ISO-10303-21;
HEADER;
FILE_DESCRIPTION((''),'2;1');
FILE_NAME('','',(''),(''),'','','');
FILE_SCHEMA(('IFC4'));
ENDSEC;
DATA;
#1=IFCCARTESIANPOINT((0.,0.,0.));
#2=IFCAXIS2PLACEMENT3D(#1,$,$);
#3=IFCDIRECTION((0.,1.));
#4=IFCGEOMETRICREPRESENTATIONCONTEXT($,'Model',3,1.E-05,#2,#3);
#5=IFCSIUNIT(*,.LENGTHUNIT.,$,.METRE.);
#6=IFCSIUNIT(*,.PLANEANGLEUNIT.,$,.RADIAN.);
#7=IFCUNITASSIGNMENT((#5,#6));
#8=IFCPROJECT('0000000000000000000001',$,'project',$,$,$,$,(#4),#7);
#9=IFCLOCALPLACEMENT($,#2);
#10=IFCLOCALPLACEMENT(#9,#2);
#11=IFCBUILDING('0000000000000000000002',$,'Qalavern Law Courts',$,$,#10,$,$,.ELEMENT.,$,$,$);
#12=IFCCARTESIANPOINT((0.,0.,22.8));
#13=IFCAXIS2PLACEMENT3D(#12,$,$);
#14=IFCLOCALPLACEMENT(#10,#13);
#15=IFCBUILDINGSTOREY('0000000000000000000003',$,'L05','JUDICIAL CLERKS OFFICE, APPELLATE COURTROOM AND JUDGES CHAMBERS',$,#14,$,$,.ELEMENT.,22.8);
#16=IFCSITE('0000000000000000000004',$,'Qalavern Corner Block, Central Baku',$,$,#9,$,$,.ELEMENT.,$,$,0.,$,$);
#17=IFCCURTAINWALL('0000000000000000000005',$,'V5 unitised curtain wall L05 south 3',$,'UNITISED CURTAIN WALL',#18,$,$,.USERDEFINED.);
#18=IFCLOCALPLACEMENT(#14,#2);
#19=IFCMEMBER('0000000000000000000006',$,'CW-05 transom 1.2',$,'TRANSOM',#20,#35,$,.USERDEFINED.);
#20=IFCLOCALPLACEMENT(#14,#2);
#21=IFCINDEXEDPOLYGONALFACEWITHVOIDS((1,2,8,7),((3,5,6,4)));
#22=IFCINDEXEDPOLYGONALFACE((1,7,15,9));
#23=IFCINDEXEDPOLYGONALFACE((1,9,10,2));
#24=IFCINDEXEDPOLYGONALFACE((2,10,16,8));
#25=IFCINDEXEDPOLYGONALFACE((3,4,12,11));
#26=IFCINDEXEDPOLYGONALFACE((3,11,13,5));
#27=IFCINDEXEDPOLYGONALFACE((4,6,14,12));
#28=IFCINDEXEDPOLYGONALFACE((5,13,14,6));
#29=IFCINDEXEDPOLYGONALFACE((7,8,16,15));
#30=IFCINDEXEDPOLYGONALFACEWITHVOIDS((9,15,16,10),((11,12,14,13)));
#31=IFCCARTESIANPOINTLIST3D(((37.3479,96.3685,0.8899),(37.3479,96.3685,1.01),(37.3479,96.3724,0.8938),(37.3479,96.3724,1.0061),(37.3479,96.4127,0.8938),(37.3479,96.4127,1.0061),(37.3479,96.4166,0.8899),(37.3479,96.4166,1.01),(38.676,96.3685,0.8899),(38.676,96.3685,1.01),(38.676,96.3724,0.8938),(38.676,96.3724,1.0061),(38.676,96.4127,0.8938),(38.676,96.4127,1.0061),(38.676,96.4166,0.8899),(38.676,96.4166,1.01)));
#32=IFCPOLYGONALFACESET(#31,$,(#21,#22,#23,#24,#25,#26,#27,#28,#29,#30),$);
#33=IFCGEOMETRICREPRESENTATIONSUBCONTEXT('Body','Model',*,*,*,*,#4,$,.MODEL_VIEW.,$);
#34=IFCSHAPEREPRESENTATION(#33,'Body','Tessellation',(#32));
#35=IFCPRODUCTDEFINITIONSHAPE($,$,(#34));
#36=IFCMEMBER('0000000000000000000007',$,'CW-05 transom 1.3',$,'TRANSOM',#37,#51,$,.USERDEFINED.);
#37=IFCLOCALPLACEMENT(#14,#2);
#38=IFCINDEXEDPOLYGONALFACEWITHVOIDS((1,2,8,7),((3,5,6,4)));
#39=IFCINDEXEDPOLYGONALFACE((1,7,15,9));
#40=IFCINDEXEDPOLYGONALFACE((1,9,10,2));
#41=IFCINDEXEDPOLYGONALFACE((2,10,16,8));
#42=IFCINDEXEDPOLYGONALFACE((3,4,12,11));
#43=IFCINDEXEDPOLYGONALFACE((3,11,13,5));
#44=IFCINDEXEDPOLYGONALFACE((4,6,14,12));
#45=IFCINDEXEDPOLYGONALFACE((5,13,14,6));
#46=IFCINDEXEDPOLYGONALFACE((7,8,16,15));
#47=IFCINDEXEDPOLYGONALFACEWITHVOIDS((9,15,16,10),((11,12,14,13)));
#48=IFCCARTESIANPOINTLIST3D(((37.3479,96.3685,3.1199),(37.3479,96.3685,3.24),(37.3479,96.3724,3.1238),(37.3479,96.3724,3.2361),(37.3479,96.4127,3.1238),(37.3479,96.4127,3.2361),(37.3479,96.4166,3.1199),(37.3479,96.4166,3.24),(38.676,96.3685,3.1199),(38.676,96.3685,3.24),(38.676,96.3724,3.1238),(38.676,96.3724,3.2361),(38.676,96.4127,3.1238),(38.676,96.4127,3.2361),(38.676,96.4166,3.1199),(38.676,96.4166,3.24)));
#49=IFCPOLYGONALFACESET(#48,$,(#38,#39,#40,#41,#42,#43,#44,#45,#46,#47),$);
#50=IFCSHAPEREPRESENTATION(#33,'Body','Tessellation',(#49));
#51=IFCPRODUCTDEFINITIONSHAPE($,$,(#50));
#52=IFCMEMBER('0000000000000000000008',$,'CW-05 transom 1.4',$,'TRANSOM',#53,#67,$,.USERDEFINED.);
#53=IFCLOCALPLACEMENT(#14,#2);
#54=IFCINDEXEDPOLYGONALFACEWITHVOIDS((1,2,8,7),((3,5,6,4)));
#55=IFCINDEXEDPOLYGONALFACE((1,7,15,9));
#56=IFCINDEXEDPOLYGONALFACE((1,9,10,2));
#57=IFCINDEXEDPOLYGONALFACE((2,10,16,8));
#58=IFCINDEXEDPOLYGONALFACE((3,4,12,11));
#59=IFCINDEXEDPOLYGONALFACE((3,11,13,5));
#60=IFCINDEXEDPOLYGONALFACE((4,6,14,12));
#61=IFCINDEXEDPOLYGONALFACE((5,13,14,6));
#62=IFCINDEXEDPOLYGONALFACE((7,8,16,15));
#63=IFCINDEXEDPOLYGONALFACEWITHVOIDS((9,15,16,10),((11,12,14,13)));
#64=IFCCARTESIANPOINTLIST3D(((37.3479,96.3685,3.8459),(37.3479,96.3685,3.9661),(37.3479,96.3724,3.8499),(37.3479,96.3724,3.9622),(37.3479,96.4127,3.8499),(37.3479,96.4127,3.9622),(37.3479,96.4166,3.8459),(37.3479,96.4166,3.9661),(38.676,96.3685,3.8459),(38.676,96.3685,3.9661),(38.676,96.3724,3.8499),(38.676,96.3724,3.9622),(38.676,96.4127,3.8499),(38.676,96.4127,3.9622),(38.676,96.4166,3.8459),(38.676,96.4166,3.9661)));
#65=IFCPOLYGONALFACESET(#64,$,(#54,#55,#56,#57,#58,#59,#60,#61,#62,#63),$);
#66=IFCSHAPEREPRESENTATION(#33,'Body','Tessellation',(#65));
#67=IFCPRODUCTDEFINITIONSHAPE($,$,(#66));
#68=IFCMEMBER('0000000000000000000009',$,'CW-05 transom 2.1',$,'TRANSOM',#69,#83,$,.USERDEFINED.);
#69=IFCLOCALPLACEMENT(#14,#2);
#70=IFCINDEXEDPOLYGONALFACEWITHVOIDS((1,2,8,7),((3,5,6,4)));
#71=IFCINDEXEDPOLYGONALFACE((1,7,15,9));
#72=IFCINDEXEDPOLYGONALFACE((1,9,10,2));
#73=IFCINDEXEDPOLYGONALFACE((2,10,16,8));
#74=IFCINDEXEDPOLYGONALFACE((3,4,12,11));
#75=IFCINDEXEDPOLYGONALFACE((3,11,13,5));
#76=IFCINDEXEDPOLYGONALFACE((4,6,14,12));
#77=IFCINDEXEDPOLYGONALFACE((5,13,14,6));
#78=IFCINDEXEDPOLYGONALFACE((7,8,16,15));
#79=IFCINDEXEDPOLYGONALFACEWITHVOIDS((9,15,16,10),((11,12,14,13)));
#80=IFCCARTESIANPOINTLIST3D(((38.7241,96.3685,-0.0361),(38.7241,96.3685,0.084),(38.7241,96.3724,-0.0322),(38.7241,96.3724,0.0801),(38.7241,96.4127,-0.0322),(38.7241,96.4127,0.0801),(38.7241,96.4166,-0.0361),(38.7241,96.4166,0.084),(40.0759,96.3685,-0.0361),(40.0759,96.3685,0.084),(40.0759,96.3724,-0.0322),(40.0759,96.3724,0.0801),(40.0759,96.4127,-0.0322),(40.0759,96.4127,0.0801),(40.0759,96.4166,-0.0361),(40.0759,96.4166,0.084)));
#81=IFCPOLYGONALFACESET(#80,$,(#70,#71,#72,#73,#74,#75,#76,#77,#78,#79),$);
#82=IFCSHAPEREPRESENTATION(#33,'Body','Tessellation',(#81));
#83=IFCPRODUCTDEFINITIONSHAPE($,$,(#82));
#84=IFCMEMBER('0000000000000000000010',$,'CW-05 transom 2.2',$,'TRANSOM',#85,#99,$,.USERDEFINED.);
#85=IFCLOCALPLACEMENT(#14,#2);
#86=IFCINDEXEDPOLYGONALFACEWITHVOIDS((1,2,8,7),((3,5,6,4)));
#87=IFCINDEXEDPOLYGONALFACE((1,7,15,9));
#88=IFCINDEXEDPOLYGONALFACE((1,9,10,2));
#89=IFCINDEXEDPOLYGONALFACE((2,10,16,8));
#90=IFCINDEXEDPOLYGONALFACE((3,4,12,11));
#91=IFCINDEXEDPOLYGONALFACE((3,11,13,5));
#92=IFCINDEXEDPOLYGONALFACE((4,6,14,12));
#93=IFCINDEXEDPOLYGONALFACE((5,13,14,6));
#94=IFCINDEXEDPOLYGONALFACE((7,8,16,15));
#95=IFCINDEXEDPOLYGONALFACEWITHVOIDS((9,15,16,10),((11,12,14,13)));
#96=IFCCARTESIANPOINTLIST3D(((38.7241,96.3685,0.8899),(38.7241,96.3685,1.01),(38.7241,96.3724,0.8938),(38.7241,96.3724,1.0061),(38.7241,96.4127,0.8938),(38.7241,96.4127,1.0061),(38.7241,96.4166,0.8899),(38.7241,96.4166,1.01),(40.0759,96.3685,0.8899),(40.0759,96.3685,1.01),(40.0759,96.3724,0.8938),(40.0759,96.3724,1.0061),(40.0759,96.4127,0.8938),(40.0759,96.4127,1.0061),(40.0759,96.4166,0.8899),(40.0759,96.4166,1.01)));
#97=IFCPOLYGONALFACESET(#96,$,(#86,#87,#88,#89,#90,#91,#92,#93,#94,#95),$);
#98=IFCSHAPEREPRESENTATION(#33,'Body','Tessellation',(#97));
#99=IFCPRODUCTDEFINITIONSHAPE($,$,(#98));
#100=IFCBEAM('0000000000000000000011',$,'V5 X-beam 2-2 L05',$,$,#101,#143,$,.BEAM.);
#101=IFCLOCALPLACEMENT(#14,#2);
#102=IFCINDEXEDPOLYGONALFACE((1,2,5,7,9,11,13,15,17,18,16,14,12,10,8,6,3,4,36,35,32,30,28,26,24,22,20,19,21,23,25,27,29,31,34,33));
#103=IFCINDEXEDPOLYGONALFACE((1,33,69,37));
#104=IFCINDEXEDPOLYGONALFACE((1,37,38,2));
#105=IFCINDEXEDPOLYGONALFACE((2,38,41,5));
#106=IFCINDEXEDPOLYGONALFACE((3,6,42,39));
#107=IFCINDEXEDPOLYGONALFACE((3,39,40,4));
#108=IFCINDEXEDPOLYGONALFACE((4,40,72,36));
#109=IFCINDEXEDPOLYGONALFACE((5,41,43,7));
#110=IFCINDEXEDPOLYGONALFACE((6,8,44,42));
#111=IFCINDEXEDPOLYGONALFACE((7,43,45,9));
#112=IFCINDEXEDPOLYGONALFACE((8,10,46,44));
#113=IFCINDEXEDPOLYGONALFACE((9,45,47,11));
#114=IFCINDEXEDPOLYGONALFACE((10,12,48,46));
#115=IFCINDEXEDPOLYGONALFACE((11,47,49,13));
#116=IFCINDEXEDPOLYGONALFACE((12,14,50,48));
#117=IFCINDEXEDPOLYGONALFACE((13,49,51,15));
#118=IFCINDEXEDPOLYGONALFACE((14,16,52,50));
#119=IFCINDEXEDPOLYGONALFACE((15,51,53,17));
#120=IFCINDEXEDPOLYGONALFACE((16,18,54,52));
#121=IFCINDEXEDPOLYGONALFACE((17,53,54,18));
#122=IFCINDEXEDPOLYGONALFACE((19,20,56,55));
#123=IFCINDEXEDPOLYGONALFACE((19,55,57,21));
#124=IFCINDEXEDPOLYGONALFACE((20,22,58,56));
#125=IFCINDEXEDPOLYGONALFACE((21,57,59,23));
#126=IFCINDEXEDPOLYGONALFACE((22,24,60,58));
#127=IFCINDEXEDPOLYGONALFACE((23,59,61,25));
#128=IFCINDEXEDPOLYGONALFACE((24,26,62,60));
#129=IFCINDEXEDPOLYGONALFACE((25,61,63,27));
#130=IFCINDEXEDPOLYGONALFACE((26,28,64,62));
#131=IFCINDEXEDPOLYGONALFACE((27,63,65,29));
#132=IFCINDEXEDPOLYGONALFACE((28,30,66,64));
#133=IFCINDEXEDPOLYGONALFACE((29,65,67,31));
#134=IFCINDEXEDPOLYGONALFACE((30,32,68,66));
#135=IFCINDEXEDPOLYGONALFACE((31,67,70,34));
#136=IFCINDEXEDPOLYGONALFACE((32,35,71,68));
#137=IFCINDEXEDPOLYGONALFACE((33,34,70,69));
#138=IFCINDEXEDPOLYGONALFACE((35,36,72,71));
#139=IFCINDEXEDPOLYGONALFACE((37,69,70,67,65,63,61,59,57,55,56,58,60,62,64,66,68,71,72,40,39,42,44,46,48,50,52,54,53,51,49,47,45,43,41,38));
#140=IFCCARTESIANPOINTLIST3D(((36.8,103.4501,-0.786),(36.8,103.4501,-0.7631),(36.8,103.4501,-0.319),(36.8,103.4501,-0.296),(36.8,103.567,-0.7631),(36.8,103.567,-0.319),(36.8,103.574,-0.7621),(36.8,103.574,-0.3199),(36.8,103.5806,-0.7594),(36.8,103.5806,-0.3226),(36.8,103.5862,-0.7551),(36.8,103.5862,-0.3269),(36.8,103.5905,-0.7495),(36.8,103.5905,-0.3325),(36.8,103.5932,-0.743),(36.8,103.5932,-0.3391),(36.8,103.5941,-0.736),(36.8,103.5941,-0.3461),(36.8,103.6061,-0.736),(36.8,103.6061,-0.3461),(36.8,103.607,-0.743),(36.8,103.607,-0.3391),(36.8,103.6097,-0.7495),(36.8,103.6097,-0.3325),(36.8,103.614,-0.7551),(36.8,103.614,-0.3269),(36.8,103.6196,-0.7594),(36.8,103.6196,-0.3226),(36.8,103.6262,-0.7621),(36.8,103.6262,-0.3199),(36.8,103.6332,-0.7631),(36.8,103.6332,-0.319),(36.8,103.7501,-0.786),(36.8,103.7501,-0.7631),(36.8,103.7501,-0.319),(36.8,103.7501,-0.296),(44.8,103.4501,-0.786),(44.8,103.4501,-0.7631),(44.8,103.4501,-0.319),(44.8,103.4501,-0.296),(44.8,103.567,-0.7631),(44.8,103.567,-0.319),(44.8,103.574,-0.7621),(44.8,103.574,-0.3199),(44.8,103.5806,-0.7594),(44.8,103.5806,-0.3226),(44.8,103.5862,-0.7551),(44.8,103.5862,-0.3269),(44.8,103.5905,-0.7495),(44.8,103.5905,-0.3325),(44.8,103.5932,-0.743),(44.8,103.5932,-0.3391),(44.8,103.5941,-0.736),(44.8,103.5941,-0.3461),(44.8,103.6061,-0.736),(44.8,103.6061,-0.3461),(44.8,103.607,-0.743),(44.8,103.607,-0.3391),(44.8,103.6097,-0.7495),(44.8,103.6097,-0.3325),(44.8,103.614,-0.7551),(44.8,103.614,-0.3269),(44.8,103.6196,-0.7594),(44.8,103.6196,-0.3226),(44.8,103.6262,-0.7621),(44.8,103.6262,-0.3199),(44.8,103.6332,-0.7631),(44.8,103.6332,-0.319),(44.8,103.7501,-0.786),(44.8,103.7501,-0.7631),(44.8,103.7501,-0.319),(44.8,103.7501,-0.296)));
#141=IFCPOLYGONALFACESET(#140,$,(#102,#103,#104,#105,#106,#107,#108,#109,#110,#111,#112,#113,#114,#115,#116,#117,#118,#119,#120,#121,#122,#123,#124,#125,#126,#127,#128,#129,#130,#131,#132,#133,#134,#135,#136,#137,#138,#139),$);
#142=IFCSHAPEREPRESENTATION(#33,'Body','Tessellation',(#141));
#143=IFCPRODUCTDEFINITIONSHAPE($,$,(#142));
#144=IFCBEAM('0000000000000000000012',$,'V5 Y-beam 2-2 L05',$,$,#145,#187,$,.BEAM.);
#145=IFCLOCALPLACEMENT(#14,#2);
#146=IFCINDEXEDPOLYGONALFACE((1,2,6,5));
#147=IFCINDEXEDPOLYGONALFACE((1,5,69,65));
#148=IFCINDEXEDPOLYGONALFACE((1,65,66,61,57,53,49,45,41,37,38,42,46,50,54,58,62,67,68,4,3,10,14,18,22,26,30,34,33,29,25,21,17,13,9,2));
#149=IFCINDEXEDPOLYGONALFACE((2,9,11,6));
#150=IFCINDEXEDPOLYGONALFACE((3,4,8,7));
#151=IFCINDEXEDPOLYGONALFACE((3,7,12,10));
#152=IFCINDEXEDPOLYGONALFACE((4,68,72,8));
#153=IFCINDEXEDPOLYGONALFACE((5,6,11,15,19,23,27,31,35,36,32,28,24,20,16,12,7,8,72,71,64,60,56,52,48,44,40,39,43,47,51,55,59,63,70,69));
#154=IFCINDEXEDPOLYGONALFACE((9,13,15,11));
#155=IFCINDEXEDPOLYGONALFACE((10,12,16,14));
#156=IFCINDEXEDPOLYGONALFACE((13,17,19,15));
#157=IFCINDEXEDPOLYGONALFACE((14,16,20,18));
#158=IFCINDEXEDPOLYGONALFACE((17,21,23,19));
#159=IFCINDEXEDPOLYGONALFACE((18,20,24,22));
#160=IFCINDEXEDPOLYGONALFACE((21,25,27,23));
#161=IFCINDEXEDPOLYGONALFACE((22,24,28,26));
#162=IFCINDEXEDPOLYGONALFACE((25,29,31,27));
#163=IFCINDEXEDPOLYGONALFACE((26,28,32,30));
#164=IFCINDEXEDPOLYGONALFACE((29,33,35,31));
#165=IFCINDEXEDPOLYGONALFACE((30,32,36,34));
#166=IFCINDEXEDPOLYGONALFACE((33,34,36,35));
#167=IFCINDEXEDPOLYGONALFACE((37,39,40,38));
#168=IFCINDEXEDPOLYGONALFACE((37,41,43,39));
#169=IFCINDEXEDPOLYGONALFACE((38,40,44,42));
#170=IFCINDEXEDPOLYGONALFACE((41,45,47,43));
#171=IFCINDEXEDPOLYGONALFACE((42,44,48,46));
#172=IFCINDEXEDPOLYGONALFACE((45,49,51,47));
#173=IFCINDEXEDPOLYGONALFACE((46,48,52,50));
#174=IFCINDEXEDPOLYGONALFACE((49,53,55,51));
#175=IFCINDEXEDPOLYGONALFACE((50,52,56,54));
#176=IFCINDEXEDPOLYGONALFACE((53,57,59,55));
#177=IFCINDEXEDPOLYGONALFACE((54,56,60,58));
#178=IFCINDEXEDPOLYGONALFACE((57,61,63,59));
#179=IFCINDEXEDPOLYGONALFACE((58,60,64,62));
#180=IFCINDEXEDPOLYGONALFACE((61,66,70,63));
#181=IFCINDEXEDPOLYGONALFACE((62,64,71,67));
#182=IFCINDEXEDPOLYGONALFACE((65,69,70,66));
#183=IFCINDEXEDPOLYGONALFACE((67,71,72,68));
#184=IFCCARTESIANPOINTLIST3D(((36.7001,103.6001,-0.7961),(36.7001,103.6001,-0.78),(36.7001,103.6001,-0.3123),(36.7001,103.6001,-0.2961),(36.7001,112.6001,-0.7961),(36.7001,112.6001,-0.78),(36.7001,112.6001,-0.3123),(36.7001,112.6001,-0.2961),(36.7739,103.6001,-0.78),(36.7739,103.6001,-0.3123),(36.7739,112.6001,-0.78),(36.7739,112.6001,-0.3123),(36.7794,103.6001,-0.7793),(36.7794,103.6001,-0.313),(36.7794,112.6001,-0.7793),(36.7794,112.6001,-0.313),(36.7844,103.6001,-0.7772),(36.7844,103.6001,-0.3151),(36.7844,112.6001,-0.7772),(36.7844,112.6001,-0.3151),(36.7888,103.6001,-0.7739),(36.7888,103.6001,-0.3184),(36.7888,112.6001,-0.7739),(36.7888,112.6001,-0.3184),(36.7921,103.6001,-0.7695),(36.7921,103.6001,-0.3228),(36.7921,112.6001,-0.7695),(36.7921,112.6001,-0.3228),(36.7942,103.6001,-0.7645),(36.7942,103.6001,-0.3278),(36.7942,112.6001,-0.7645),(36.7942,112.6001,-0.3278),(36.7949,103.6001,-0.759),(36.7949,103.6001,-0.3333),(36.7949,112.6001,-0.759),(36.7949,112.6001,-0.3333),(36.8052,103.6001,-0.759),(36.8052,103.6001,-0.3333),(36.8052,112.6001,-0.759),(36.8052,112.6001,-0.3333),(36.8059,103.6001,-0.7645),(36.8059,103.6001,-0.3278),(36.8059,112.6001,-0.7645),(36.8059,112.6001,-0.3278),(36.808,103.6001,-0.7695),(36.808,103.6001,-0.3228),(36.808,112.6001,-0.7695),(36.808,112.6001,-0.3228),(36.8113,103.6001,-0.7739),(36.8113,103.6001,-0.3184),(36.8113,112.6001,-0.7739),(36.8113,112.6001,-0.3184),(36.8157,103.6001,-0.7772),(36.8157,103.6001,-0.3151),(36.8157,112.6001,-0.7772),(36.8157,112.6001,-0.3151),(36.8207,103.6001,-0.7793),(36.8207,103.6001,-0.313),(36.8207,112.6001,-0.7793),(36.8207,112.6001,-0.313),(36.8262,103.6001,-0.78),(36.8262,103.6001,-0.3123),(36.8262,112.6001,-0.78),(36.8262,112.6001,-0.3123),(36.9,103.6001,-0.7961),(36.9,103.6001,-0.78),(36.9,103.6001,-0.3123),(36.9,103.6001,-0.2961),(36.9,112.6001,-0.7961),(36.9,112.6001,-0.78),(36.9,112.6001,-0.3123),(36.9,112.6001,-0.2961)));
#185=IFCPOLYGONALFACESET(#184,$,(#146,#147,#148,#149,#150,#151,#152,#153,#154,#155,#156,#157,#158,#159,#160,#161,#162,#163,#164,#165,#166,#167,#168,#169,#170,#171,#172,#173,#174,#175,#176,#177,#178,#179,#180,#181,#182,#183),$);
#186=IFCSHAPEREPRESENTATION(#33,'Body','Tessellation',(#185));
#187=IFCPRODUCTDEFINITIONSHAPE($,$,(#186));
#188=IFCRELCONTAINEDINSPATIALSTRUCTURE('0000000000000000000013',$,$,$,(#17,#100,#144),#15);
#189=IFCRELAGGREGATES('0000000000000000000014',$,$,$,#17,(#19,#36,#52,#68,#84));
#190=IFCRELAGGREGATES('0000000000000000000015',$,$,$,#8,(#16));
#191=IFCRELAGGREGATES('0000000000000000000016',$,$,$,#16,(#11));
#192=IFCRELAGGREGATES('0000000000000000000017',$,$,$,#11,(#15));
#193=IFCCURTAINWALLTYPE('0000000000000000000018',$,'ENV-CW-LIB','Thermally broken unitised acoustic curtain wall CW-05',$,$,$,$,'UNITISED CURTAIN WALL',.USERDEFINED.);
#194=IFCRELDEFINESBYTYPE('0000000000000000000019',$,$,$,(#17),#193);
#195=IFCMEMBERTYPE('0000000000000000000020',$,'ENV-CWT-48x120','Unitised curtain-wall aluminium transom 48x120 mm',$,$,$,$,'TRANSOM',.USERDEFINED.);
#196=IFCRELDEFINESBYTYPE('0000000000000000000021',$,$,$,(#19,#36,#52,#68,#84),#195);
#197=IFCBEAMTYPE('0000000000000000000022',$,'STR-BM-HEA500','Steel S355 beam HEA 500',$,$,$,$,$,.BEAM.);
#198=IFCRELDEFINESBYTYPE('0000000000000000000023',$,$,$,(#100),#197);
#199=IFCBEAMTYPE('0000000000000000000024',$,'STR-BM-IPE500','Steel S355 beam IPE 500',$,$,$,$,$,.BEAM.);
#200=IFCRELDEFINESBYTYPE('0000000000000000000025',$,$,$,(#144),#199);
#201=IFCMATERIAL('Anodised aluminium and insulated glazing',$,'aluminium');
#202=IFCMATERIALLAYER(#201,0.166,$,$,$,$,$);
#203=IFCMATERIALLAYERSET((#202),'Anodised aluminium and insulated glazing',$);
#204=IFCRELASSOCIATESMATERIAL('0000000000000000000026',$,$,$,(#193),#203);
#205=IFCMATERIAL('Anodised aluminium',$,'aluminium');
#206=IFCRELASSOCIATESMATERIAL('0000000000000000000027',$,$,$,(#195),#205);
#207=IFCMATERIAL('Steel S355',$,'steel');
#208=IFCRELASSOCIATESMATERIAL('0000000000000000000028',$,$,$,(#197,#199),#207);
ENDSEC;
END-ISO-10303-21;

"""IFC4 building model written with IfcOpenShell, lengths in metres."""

from ifc_helpers import new_model, si_unit, direction, frame, origin, origin_2d, place, context, subcontext, project, spatial, hollow_rectangle, i_section, extrude, material, layer, layer_set, material_profile, profile_set, type_object, element, aggregate, save


model = new_model("IFC4")

# Units and contexts
model_context = context("Model", 3, precision=1e-05, world=origin(), true_north=direction((0.0, 1.0)))
body_context = subcontext(model_context, "Body", "Model", "MODEL_VIEW")
ifc_project = project(units=[si_unit("LENGTHUNIT", "METRE"), si_unit("PLANEANGLEUNIT", "RADIAN")], contexts=[model_context])

# Site, building, storey
site_placement = place(None, origin())
site = spatial("IfcSite", under=ifc_project, at=site_placement, Name="Qalavern Corner Block, Central Baku", CompositionType="ELEMENT", RefElevation=0.0)
building_placement = place(site_placement, origin())
building = spatial("IfcBuilding", under=site, at=building_placement, Name="Qalavern Law Courts", CompositionType="ELEMENT")
storey_placement = place(building_placement, frame((0.0, 0.0, 22.8)))
storey = spatial("IfcBuildingStorey", under=building, at=storey_placement, Name="L05", Description="JUDICIAL CLERKS OFFICE, APPELLATE COURTROOM AND JUDGES CHAMBERS", CompositionType="ELEMENT", Elevation=22.8)

# Curtain wall
ifc_material_1 = material(Name="Anodised aluminium and insulated glazing", Category="aluminium")
ifc_layer_1 = layer(ifc_material_1, 0.166)
ifc_layer_set_1 = layer_set([ifc_layer_1], Name="Anodised aluminium and insulated glazing")
curtain_wall_type = type_object("IfcCurtainWallType", Name="ENV-CW-LIB", Description="Thermally broken unitised acoustic curtain wall CW-05", ElementType="UNITISED CURTAIN WALL", PredefinedType="USERDEFINED", material=ifc_layer_set_1)
ifc_material_2 = material(Name="Anodised aluminium", Category="aluminium")
curtain_wall_1_placement = place(storey_placement, origin())
curtain_wall_1 = element("IfcCurtainWall", 1, at=curtain_wall_1_placement, inside=storey, type_object=curtain_wall_type, Name="V5 unitised curtain wall L05 south 3", ObjectType="UNITISED CURTAIN WALL", PredefinedType="USERDEFINED")

# Members
ifc_material_profile_1 = material_profile(ifc_material_2, hollow_rectangle(XDim=0.0481, YDim=0.1201, WallThickness=0.0039, at=origin_2d()), Name="ALU TRANSOM 48x120")
ifc_profile_set_1 = profile_set([ifc_material_profile_1], Name="Anodised aluminium")
member_type_1 = type_object("IfcMemberType", Name="ENV-CWT-48x120", Description="Unitised curtain-wall aluminium transom 48x120 mm", ElementType="TRANSOM", PredefinedType="USERDEFINED", material=ifc_profile_set_1)
member_1_placement = place(storey_placement, frame((37.3479, 96.3926, 0.95), z_axis=(1.0, 0.0, 0.0), x_axis=(0.0, 1.0, 0.0)))
member_1 = element("IfcMember", 2, at=member_1_placement, type_object=member_type_1, Name="CW-05 transom 1.2", ObjectType="TRANSOM", PredefinedType="USERDEFINED", context=body_context, shape_type="SweptSolid", body=[
    extrude(hollow_rectangle(XDim=0.0481, YDim=0.1201, WallThickness=0.0039, at=origin_2d()), origin(), (0.0, 0.0, 1.0), 1.3281),
])
member_2_placement = place(storey_placement, frame((37.3479, 96.3926, 3.1799), z_axis=(1.0, 0.0, 0.0), x_axis=(0.0, 1.0, 0.0)))
member_2 = element("IfcMember", 3, at=member_2_placement, type_object=member_type_1, Name="CW-05 transom 1.3", ObjectType="TRANSOM", PredefinedType="USERDEFINED", context=body_context, shape_type="SweptSolid", body=[
    extrude(hollow_rectangle(XDim=0.0481, YDim=0.1201, WallThickness=0.0039, at=origin_2d()), origin(), (0.0, 0.0, 1.0), 1.3281),
])
member_3_placement = place(storey_placement, frame((37.3479, 96.3926, 3.906), z_axis=(1.0, 0.0, 0.0), x_axis=(0.0, 1.0, 0.0)))
member_3 = element("IfcMember", 4, at=member_3_placement, type_object=member_type_1, Name="CW-05 transom 1.4", ObjectType="TRANSOM", PredefinedType="USERDEFINED", context=body_context, shape_type="SweptSolid", body=[
    extrude(hollow_rectangle(XDim=0.0481, YDim=0.1201, WallThickness=0.0039, at=origin_2d()), origin(), (0.0, 0.0, 1.0), 1.3281),
])
member_4_placement = place(storey_placement, frame((38.7241, 96.3926, 0.0239), z_axis=(1.0, 0.0, 0.0), x_axis=(0.0, 1.0, 0.0)))
member_4 = element("IfcMember", 5, at=member_4_placement, type_object=member_type_1, Name="CW-05 transom 2.1", ObjectType="TRANSOM", PredefinedType="USERDEFINED", context=body_context, shape_type="SweptSolid", body=[
    extrude(hollow_rectangle(XDim=0.0481, YDim=0.1201, WallThickness=0.0039, at=origin_2d()), origin(), (0.0, 0.0, 1.0), 1.3518),
])
member_5_placement = place(storey_placement, frame((38.7241, 96.3926, 0.95), z_axis=(1.0, 0.0, 0.0), x_axis=(0.0, 1.0, 0.0)))
member_5 = element("IfcMember", 6, at=member_5_placement, type_object=member_type_1, Name="CW-05 transom 2.2", ObjectType="TRANSOM", PredefinedType="USERDEFINED", context=body_context, shape_type="SweptSolid", body=[
    extrude(hollow_rectangle(XDim=0.0481, YDim=0.1201, WallThickness=0.0039, at=origin_2d()), origin(), (0.0, 0.0, 1.0), 1.3518),
])

# Beams
ifc_material_3 = material(Name="Steel S355", Category="steel")
ifc_material_profile_2 = material_profile(ifc_material_3, i_section(OverallWidth=0.3, OverallDepth=0.49, WebThickness=0.012, FlangeThickness=0.0229, FilletRadius=0.0271, at=origin_2d()), Name="HEA 500")
ifc_profile_set_2 = profile_set([ifc_material_profile_2], Name="Steel S355")
beam_type_1 = type_object("IfcBeamType", Name="STR-BM-HEA500", Description="Steel S355 beam HEA 500", PredefinedType="BEAM", material=ifc_profile_set_2)
beam_1_placement = place(storey_placement, frame((36.8, 103.6001, -0.541), z_axis=(1.0, 0.0, 0.0), x_axis=(0.0, 1.0, 0.0)))
element("IfcBeam", 7, at=beam_1_placement, inside=storey, type_object=beam_type_1, Name="V5 X-beam 2-2 L05", PredefinedType="BEAM", context=body_context, shape_type="SweptSolid", body=[
    extrude(i_section(OverallWidth=0.3, OverallDepth=0.49, WebThickness=0.012, FlangeThickness=0.0229, FilletRadius=0.0271, at=origin_2d()), origin(), (0.0, 0.0, 1.0), 8.0),
])
ifc_material_profile_3 = material_profile(ifc_material_3, i_section(OverallWidth=0.2, OverallDepth=0.5, WebThickness=0.0103, FlangeThickness=0.0161, FilletRadius=0.021, at=origin_2d()), Name="IPE 500")
ifc_profile_set_3 = profile_set([ifc_material_profile_3], Name="Steel S355")
beam_type_2 = type_object("IfcBeamType", Name="STR-BM-IPE500", Description="Steel S355 beam IPE 500", PredefinedType="BEAM", material=ifc_profile_set_3)
beam_2_placement = place(storey_placement, frame((36.8, 103.6001, -0.5461), z_axis=(0.0, 1.0, 0.0), x_axis=(-1.0, 0.0, 0.0)))
element("IfcBeam", 8, at=beam_2_placement, inside=storey, type_object=beam_type_2, Name="V5 Y-beam 2-2 L05", PredefinedType="BEAM", context=body_context, shape_type="SweptSolid", body=[
    extrude(i_section(OverallWidth=0.2, OverallDepth=0.5, WebThickness=0.0103, FlangeThickness=0.0161, FilletRadius=0.021, at=origin_2d()), origin(), (0.0, 0.0, 1.0), 9.0),
])

aggregate(curtain_wall_1, [member_1, member_2, member_3, member_4, member_5])

save(model, "model.ifc")
